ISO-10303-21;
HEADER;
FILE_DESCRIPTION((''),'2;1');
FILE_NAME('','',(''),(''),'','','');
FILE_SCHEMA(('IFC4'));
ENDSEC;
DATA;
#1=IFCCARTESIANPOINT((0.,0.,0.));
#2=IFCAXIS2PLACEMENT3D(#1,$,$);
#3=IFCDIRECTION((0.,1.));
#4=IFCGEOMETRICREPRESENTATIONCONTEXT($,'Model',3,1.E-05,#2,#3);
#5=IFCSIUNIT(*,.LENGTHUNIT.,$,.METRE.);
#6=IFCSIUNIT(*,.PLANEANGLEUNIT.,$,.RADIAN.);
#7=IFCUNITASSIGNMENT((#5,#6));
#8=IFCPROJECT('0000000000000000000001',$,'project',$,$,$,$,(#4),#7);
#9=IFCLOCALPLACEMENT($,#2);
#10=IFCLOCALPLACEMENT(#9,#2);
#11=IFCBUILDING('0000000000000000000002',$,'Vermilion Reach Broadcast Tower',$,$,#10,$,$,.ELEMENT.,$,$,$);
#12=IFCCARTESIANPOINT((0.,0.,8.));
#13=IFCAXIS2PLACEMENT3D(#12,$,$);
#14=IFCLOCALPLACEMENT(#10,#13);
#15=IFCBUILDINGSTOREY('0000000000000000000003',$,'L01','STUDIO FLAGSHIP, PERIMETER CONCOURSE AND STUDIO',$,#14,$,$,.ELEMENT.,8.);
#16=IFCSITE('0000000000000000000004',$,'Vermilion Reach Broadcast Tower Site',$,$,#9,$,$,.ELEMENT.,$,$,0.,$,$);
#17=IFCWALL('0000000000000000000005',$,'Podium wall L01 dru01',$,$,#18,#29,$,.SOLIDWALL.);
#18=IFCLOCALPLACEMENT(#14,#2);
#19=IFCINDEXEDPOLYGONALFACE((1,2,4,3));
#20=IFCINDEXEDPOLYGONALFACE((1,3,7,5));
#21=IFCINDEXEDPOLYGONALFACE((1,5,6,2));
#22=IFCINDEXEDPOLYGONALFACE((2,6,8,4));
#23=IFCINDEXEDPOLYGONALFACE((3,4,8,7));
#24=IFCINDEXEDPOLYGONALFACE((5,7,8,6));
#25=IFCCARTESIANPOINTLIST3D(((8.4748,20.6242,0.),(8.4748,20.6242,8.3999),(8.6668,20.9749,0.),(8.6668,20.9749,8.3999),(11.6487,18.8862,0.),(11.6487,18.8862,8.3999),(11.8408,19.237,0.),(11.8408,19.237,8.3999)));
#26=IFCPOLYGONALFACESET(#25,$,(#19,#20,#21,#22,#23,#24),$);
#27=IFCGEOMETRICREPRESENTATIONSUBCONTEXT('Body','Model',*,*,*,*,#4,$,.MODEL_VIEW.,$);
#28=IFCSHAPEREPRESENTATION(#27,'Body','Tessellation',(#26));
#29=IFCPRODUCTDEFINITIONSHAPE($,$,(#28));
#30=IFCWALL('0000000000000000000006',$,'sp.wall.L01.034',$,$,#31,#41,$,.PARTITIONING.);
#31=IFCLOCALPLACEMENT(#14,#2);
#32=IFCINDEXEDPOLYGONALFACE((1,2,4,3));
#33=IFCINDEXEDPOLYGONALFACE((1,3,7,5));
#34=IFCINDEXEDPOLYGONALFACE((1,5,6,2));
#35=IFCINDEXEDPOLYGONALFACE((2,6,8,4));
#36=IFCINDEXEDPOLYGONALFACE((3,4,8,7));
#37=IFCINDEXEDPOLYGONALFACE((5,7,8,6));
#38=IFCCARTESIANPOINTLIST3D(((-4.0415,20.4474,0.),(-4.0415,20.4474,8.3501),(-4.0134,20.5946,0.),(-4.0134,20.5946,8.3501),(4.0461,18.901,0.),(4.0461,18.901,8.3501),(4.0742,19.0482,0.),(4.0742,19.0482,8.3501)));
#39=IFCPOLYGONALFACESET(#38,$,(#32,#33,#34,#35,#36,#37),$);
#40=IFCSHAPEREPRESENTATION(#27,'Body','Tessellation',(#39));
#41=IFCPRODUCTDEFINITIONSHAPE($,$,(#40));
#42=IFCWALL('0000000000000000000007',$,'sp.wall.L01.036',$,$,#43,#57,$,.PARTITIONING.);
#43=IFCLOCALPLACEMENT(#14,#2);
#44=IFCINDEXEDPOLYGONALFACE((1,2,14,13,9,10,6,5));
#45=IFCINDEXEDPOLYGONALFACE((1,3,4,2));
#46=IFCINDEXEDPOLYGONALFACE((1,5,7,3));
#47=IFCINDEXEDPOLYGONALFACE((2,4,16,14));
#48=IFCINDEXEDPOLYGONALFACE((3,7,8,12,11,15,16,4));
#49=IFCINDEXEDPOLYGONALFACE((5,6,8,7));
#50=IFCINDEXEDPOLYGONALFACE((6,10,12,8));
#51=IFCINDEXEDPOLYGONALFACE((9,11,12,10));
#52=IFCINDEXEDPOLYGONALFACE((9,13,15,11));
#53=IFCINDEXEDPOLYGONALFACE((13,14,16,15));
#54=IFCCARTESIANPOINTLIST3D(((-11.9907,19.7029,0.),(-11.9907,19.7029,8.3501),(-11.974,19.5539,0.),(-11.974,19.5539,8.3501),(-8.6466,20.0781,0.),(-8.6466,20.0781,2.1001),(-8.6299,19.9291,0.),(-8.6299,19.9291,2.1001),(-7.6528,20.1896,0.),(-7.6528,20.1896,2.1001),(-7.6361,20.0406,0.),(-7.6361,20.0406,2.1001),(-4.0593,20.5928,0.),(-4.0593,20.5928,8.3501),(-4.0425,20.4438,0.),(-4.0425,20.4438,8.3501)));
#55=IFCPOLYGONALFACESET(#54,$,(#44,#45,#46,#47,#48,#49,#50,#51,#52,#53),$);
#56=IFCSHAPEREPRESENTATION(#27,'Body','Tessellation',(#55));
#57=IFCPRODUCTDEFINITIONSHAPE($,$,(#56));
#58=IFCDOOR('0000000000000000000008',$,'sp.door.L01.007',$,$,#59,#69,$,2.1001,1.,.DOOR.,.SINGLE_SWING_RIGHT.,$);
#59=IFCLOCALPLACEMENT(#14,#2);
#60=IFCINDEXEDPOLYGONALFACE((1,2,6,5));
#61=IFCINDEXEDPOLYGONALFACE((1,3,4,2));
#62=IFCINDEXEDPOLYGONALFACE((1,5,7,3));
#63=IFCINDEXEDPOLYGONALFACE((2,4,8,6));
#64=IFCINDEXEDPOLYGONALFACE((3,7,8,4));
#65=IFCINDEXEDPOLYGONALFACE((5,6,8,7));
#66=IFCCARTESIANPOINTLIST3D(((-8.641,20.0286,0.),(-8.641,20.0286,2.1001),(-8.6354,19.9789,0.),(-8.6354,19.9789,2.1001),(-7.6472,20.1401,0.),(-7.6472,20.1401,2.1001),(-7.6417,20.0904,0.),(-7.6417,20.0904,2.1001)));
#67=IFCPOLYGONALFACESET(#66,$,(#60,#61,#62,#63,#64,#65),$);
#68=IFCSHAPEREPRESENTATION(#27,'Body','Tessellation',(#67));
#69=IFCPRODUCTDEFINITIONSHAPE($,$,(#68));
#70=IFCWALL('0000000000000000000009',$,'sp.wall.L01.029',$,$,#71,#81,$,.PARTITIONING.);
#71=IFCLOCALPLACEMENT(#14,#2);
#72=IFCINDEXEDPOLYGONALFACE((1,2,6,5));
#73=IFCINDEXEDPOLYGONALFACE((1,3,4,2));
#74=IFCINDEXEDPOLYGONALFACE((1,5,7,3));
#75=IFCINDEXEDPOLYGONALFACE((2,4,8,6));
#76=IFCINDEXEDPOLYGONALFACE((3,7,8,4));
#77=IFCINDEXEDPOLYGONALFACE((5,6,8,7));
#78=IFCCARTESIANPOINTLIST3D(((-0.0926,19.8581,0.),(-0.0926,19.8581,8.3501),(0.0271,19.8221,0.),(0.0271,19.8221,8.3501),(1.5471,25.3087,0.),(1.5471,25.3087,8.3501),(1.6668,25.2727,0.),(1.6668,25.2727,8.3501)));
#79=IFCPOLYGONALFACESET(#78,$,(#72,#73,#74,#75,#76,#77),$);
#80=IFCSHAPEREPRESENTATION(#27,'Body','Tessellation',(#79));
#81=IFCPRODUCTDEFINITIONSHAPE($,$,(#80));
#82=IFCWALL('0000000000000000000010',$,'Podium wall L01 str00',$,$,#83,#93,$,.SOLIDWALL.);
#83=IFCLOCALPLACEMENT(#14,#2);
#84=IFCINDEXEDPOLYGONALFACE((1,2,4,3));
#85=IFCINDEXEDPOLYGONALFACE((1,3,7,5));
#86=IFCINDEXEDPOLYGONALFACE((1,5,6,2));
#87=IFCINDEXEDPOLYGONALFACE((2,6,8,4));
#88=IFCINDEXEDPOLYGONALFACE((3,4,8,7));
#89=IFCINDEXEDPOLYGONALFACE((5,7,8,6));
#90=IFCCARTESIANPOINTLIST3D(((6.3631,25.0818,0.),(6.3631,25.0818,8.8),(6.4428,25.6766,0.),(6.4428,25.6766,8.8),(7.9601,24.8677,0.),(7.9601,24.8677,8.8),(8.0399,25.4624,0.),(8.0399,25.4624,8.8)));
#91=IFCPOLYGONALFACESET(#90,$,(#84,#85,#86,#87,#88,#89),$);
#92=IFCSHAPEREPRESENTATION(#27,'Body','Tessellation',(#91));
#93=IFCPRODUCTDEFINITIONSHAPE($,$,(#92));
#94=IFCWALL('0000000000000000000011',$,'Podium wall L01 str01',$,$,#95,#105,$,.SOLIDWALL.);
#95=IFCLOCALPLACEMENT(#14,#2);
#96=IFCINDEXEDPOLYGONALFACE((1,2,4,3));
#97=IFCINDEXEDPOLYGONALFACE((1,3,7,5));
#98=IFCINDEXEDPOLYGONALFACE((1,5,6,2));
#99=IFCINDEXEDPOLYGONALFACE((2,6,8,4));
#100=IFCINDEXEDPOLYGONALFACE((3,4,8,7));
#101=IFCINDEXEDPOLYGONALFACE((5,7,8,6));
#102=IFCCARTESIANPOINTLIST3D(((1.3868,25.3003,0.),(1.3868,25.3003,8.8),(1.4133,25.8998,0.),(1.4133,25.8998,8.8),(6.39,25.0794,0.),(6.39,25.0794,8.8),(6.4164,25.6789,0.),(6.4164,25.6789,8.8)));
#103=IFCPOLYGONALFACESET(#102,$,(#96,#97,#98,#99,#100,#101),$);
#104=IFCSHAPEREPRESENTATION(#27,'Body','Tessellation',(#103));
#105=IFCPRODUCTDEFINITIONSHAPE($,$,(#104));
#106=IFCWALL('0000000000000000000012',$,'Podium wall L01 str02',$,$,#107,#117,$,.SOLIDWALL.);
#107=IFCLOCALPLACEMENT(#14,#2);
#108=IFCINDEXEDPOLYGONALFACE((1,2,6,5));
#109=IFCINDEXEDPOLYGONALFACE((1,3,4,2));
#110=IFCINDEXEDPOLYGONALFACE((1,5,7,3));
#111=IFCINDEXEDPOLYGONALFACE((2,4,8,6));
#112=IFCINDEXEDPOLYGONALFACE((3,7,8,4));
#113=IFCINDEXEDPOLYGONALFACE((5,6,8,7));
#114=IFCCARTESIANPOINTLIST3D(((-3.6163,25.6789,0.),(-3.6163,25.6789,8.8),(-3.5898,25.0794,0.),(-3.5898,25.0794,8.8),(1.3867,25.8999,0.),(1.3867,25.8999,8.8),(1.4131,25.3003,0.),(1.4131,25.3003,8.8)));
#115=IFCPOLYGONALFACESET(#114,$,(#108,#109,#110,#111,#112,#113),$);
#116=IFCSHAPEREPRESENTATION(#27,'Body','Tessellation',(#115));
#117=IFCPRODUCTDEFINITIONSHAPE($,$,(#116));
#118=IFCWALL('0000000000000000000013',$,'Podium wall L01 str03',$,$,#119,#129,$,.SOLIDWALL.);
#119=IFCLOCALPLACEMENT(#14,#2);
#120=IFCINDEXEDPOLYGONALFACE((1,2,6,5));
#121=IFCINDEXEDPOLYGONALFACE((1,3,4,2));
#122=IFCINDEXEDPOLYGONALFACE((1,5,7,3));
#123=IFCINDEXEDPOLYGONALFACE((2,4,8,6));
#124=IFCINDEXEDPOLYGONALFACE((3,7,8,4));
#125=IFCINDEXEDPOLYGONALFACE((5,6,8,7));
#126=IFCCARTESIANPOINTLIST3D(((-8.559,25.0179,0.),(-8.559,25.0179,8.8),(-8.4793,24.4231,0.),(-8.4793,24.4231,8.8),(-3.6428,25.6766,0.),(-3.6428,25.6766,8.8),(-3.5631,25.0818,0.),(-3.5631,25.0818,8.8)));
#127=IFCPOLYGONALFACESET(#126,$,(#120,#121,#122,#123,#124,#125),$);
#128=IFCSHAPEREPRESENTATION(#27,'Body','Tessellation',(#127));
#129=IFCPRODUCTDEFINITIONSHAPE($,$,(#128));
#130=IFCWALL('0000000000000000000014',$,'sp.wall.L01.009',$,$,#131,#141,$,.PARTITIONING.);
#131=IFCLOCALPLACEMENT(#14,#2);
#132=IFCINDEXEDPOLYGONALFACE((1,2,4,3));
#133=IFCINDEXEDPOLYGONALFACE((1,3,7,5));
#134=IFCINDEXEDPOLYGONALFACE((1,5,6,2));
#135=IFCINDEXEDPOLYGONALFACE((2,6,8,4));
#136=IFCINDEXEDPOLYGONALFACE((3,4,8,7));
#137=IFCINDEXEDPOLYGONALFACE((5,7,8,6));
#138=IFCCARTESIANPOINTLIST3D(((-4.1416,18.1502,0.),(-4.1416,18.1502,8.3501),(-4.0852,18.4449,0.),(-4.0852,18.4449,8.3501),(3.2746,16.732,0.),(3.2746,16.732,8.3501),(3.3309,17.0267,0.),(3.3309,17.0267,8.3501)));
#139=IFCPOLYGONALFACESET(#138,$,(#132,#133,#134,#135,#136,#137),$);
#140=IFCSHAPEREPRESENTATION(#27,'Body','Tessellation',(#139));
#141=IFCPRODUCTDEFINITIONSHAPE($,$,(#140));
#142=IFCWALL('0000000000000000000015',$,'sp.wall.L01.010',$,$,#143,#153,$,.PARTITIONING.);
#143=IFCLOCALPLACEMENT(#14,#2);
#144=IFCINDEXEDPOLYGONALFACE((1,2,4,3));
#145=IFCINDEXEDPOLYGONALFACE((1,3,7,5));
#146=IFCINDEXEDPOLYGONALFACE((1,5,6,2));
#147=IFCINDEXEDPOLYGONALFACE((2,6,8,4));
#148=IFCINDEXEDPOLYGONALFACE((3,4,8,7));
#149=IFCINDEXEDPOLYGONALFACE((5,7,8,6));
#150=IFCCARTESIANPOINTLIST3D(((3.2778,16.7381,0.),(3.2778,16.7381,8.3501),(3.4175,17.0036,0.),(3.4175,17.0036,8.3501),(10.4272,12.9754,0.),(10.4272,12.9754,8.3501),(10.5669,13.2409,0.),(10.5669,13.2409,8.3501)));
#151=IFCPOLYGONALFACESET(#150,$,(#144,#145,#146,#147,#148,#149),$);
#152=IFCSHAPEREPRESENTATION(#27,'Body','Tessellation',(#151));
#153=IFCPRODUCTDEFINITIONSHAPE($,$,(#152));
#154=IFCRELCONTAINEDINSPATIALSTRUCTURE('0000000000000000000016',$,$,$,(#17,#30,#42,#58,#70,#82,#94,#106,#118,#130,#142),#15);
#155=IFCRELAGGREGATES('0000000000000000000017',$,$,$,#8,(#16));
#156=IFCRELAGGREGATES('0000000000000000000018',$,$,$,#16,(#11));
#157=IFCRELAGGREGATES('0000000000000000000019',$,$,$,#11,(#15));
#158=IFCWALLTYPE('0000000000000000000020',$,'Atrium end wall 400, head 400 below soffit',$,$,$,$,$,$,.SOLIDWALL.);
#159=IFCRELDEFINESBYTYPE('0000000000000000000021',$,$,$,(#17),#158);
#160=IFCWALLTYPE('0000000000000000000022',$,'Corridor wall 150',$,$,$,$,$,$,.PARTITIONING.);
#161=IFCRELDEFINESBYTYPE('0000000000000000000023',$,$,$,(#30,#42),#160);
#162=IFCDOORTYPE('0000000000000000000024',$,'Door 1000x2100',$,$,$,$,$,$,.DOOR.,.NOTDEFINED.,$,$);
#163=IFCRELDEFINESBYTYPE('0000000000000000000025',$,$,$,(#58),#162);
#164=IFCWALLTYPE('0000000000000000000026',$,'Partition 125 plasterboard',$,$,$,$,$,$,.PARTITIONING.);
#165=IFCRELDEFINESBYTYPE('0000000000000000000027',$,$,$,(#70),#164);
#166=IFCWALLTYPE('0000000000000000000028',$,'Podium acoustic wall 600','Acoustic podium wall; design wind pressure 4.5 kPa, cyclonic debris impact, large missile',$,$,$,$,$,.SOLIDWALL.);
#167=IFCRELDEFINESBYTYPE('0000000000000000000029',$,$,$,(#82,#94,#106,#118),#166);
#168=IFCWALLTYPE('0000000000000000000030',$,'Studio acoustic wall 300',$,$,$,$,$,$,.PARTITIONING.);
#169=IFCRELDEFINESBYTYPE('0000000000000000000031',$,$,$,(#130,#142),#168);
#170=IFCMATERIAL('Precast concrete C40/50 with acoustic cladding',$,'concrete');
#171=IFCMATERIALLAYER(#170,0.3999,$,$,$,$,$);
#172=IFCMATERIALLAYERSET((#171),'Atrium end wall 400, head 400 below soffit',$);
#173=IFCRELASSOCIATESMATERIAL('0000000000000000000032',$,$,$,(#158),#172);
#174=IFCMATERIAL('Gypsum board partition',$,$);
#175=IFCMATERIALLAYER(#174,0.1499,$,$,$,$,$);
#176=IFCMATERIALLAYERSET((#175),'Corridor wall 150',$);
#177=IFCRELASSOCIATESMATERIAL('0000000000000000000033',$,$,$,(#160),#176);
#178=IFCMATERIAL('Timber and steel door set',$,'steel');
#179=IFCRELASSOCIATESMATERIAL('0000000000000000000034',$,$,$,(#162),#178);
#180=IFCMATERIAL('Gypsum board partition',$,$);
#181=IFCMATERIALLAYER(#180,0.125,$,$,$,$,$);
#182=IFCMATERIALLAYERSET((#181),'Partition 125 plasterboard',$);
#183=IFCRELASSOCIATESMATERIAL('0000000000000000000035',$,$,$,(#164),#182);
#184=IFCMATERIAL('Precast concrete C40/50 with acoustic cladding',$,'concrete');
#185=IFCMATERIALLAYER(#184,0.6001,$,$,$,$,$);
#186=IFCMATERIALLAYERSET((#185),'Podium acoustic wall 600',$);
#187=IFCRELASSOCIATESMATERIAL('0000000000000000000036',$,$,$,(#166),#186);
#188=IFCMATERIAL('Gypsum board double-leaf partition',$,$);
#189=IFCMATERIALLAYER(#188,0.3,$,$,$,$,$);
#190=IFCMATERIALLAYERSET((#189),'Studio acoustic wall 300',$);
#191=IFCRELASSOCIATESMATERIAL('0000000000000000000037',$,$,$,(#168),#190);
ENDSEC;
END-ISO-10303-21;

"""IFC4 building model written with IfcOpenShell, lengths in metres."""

from ifc_helpers import new_model, si_unit, direction, frame, frame_2d, origin, place, context, subcontext, project, spatial, rectangle, extrude, material, layer, layer_set, type_object, element, fill, save


model = new_model("IFC4")

# Units and contexts
model_context = context("Model", 3, precision=1e-05, world=origin(), true_north=direction((0.0, 1.0)))
body_context = subcontext(model_context, "Body", "Model", "MODEL_VIEW")
ifc_project = project(units=[si_unit("LENGTHUNIT", "METRE"), si_unit("PLANEANGLEUNIT", "RADIAN")], contexts=[model_context])

# Site, building, storey
site_placement = place(None, origin())
site = spatial("IfcSite", under=ifc_project, at=site_placement, Name="Vermilion Reach Broadcast Tower Site", CompositionType="ELEMENT", RefElevation=0.0)
building_placement = place(site_placement, origin())
building = spatial("IfcBuilding", under=site, at=building_placement, Name="Vermilion Reach Broadcast Tower", CompositionType="ELEMENT")
storey_placement = place(building_placement, frame((0.0, 0.0, 8.0)))
storey = spatial("IfcBuildingStorey", under=building, at=storey_placement, Name="L01", Description="STUDIO FLAGSHIP, PERIMETER CONCOURSE AND STUDIO", CompositionType="ELEMENT", Elevation=8.0)

# Walls
ifc_material_1 = material(Name="Precast concrete C40/50 with acoustic cladding", Category="concrete")
ifc_layer_1 = layer(ifc_material_1, 0.3999)
ifc_layer_set_1 = layer_set([ifc_layer_1], Name="Atrium end wall 400, head 400 below soffit")
wall_type_1 = type_object("IfcWallType", Name="Atrium end wall 400, head 400 below soffit", PredefinedType="SOLIDWALL", material=ifc_layer_set_1)
wall_1_placement = place(storey_placement, frame((8.5708, 20.7996, 0.0), z_axis=(0.0, 0.0, 1.0), x_axis=(0.877113, -0.480284, 0.0)))
element("IfcWall", 1, at=wall_1_placement, inside=storey, type_object=wall_type_1, Name="Podium wall L01 dru01", PredefinedType="SOLIDWALL", context=body_context, shape_type="SweptSolid", body=[
    extrude(rectangle(XDim=3.6187, YDim=0.3999, at=frame_2d((1.8093, 0.0))), origin(), (0.0, 0.0, 1.0), 8.3999),
])
ifc_material_2 = material(Name="Gypsum board partition")
ifc_layer_2 = layer(ifc_material_2, 0.1499)
ifc_layer_set_2 = layer_set([ifc_layer_2], Name="Corridor wall 150")
wall_type_2 = type_object("IfcWallType", Name="Corridor wall 150", PredefinedType="PARTITIONING", material=ifc_layer_set_2)
wall_2_placement = place(storey_placement, frame((-4.0276, 20.521, 0.0), z_axis=(0.0, 0.0, 1.0), x_axis=(0.982207, -0.187801, 0.0)))
element("IfcWall", 2, at=wall_2_placement, inside=storey, type_object=wall_type_2, Name="sp.wall.L01.034", PredefinedType="PARTITIONING", context=body_context, shape_type="SweptSolid", body=[
    extrude(rectangle(XDim=8.2341, YDim=0.1499, at=frame_2d((4.1172, 0.0))), origin(), (0.0, 0.0, 1.0), 8.3501),
])

# Wall, opening, door
wall_3_placement = place(storey_placement, frame((-4.0508, 20.5183, 0.0), z_axis=(0.0, 0.0, 1.0), x_axis=(-0.993765, -0.111499, 0.0)))
wall_3 = element("IfcWall", 3, at=wall_3_placement, inside=storey, type_object=wall_type_2, Name="sp.wall.L01.036", PredefinedType="PARTITIONING", context=body_context, shape_type="SweptSolid", body=[
    extrude(rectangle(XDim=7.9812, YDim=0.1499, at=frame_2d((3.9907, 0.0))), origin(), (0.0, 0.0, 1.0), 8.3501),
])
opening_placement = place(wall_3_placement, frame((3.6162, 0.0, 0.0)))
opening = element("IfcOpeningElement", 4, at=opening_placement, cuts=wall_3, PredefinedType="OPENING", context=body_context, shape_type="SweptSolid", body=[
    extrude(rectangle(XDim=1.0, YDim=2.1001, at=frame_2d((0.5, 1.05))), frame((0.0, 0.085, 0.0), z_axis=(0.0, -1.0, 0.0), x_axis=(1.0, 0.0, 0.0)), (0.0, 0.0, 1.0), 0.1699),
])
ifc_material_3 = material(Name="Timber and steel door set", Category="steel")
door_type = type_object("IfcDoorType", Name="Door 1000x2100", OperationType="NOTDEFINED", PredefinedType="DOOR", material=ifc_material_3)
door_placement = place(opening_placement, origin())
door = element("IfcDoor", 5, at=door_placement, inside=storey, type_object=door_type, Name="sp.door.L01.007", OperationType="SINGLE_SWING_RIGHT", OverallHeight=2.1001, OverallWidth=1.0, PredefinedType="DOOR", context=body_context, shape_type="SweptSolid", body=[
    extrude(rectangle(XDim=1.0, YDim=2.1001, at=frame_2d((0.5, 1.05))), frame((0.0, 0.0249, 0.0), z_axis=(0.0, -1.0, 0.0), x_axis=(1.0, 0.0, 0.0)), (0.0, 0.0, 1.0), 0.05),
])
fill(opening, door)

# Walls
ifc_material_4 = material(Name="Gypsum board partition")
ifc_layer_3 = layer(ifc_material_4, 0.125)
ifc_layer_set_3 = layer_set([ifc_layer_3], Name="Partition 125 plasterboard")
wall_type_3 = type_object("IfcWallType", Name="Partition 125 plasterboard", PredefinedType="PARTITIONING", material=ifc_layer_set_3)
wall_4_placement = place(storey_placement, frame((-0.0327, 19.8401, 0.0), z_axis=(0.0, 0.0, 1.0), x_axis=(0.288064, 0.957611, 0.0)))
element("IfcWall", 6, at=wall_4_placement, inside=storey, type_object=wall_type_3, Name="sp.wall.L01.029", PredefinedType="PARTITIONING", context=body_context, shape_type="SweptSolid", body=[
    extrude(rectangle(XDim=5.6919, YDim=0.125, at=frame_2d((2.8459, 0.0))), origin(), (0.0, 0.0, 1.0), 8.3501),
])
ifc_material_5 = material(Name="Precast concrete C40/50 with acoustic cladding", Category="concrete")
ifc_layer_4 = layer(ifc_material_5, 0.6001)
ifc_layer_set_4 = layer_set([ifc_layer_4], Name="Podium acoustic wall 600")
wall_type_4 = type_object("IfcWallType", Name="Podium acoustic wall 600", Description="Acoustic podium wall; design wind pressure 4.5 kPa, cyclonic debris impact, large missile", PredefinedType="SOLIDWALL", material=ifc_layer_set_4)
wall_5_placement = place(storey_placement, frame((8.0, 25.165, 0.0), z_axis=(0.0, 0.0, 1.0), x_axis=(-0.991131, 0.132888, 0.0)))
element("IfcWall", 7, at=wall_5_placement, inside=storey, type_object=wall_type_4, Name="Podium wall L01 str00", PredefinedType="SOLIDWALL", context=body_context, shape_type="SweptSolid", body=[
    extrude(rectangle(XDim=1.6113, YDim=0.6001, at=frame_2d((0.8057, 0.0))), origin(), (0.0, 0.0, 1.0), 8.8),
])
wall_6_placement = place(storey_placement, frame((6.4031, 25.3792, 0.0), z_axis=(0.0, 0.0, 1.0), x_axis=(-0.999026, 0.044118, 0.0)))
element("IfcWall", 8, at=wall_6_placement, inside=storey, type_object=wall_type_4, Name="Podium wall L01 str01", PredefinedType="SOLIDWALL", context=body_context, shape_type="SweptSolid", body=[
    extrude(rectangle(XDim=5.0081, YDim=0.6001, at=frame_2d((2.5039, 0.0))), origin(), (0.0, 0.0, 1.0), 8.8),
])
wall_7_placement = place(storey_placement, frame((1.3999, 25.6001, 0.0), z_axis=(0.0, 0.0, 1.0), x_axis=(-0.999026, -0.044121, 0.0)))
element("IfcWall", 9, at=wall_7_placement, inside=storey, type_object=wall_type_4, Name="Podium wall L01 str02", PredefinedType="SOLIDWALL", context=body_context, shape_type="SweptSolid", body=[
    extrude(rectangle(XDim=5.0078, YDim=0.6001, at=frame_2d((2.5039, 0.0))), origin(), (0.0, 0.0, 1.0), 8.8),
])
wall_8_placement = place(storey_placement, frame((-3.603, 25.3792, 0.0), z_axis=(0.0, 0.0, 1.0), x_axis=(-0.991143, -0.132796, 0.0)))
element("IfcWall", 10, at=wall_8_placement, inside=storey, type_object=wall_type_4, Name="Podium wall L01 str03", PredefinedType="SOLIDWALL", context=body_context, shape_type="SweptSolid", body=[
    extrude(rectangle(XDim=4.9602, YDim=0.6001, at=frame_2d((2.48, 0.0))), origin(), (0.0, 0.0, 1.0), 8.8),
])
ifc_material_6 = material(Name="Gypsum board double-leaf partition")
ifc_layer_5 = layer(ifc_material_6, 0.3)
ifc_layer_set_5 = layer_set([ifc_layer_5], Name="Studio acoustic wall 300")
wall_type_5 = type_object("IfcWallType", Name="Studio acoustic wall 300", PredefinedType="PARTITIONING", material=ifc_layer_set_5)
wall_9_placement = place(storey_placement, frame((-4.1135, 18.2976, 0.0), z_axis=(0.0, 0.0, 1.0), x_axis=(0.982202, -0.187827, 0.0)))
element("IfcWall", 11, at=wall_9_placement, inside=storey, type_object=wall_type_5, Name="sp.wall.L01.009", PredefinedType="PARTITIONING", context=body_context, shape_type="SweptSolid", body=[
    extrude(rectangle(XDim=7.5505, YDim=0.3, at=frame_2d((3.7754, 0.0))), origin(), (0.0, 0.0, 1.0), 8.3501),
])
wall_10_placement = place(storey_placement, frame((3.3477, 16.8708, 0.0), z_axis=(0.0, 0.0, 1.0), x_axis=(0.884926, -0.465731, 0.0)))
element("IfcWall", 12, at=wall_10_placement, inside=storey, type_object=wall_type_5, Name="sp.wall.L01.010", PredefinedType="PARTITIONING", context=body_context, shape_type="SweptSolid", body=[
    extrude(rectangle(XDim=8.0791, YDim=0.3, at=frame_2d((4.0396, 0.0))), origin(), (0.0, 0.0, 1.0), 8.3501),
])

save(model, "model.ifc")
